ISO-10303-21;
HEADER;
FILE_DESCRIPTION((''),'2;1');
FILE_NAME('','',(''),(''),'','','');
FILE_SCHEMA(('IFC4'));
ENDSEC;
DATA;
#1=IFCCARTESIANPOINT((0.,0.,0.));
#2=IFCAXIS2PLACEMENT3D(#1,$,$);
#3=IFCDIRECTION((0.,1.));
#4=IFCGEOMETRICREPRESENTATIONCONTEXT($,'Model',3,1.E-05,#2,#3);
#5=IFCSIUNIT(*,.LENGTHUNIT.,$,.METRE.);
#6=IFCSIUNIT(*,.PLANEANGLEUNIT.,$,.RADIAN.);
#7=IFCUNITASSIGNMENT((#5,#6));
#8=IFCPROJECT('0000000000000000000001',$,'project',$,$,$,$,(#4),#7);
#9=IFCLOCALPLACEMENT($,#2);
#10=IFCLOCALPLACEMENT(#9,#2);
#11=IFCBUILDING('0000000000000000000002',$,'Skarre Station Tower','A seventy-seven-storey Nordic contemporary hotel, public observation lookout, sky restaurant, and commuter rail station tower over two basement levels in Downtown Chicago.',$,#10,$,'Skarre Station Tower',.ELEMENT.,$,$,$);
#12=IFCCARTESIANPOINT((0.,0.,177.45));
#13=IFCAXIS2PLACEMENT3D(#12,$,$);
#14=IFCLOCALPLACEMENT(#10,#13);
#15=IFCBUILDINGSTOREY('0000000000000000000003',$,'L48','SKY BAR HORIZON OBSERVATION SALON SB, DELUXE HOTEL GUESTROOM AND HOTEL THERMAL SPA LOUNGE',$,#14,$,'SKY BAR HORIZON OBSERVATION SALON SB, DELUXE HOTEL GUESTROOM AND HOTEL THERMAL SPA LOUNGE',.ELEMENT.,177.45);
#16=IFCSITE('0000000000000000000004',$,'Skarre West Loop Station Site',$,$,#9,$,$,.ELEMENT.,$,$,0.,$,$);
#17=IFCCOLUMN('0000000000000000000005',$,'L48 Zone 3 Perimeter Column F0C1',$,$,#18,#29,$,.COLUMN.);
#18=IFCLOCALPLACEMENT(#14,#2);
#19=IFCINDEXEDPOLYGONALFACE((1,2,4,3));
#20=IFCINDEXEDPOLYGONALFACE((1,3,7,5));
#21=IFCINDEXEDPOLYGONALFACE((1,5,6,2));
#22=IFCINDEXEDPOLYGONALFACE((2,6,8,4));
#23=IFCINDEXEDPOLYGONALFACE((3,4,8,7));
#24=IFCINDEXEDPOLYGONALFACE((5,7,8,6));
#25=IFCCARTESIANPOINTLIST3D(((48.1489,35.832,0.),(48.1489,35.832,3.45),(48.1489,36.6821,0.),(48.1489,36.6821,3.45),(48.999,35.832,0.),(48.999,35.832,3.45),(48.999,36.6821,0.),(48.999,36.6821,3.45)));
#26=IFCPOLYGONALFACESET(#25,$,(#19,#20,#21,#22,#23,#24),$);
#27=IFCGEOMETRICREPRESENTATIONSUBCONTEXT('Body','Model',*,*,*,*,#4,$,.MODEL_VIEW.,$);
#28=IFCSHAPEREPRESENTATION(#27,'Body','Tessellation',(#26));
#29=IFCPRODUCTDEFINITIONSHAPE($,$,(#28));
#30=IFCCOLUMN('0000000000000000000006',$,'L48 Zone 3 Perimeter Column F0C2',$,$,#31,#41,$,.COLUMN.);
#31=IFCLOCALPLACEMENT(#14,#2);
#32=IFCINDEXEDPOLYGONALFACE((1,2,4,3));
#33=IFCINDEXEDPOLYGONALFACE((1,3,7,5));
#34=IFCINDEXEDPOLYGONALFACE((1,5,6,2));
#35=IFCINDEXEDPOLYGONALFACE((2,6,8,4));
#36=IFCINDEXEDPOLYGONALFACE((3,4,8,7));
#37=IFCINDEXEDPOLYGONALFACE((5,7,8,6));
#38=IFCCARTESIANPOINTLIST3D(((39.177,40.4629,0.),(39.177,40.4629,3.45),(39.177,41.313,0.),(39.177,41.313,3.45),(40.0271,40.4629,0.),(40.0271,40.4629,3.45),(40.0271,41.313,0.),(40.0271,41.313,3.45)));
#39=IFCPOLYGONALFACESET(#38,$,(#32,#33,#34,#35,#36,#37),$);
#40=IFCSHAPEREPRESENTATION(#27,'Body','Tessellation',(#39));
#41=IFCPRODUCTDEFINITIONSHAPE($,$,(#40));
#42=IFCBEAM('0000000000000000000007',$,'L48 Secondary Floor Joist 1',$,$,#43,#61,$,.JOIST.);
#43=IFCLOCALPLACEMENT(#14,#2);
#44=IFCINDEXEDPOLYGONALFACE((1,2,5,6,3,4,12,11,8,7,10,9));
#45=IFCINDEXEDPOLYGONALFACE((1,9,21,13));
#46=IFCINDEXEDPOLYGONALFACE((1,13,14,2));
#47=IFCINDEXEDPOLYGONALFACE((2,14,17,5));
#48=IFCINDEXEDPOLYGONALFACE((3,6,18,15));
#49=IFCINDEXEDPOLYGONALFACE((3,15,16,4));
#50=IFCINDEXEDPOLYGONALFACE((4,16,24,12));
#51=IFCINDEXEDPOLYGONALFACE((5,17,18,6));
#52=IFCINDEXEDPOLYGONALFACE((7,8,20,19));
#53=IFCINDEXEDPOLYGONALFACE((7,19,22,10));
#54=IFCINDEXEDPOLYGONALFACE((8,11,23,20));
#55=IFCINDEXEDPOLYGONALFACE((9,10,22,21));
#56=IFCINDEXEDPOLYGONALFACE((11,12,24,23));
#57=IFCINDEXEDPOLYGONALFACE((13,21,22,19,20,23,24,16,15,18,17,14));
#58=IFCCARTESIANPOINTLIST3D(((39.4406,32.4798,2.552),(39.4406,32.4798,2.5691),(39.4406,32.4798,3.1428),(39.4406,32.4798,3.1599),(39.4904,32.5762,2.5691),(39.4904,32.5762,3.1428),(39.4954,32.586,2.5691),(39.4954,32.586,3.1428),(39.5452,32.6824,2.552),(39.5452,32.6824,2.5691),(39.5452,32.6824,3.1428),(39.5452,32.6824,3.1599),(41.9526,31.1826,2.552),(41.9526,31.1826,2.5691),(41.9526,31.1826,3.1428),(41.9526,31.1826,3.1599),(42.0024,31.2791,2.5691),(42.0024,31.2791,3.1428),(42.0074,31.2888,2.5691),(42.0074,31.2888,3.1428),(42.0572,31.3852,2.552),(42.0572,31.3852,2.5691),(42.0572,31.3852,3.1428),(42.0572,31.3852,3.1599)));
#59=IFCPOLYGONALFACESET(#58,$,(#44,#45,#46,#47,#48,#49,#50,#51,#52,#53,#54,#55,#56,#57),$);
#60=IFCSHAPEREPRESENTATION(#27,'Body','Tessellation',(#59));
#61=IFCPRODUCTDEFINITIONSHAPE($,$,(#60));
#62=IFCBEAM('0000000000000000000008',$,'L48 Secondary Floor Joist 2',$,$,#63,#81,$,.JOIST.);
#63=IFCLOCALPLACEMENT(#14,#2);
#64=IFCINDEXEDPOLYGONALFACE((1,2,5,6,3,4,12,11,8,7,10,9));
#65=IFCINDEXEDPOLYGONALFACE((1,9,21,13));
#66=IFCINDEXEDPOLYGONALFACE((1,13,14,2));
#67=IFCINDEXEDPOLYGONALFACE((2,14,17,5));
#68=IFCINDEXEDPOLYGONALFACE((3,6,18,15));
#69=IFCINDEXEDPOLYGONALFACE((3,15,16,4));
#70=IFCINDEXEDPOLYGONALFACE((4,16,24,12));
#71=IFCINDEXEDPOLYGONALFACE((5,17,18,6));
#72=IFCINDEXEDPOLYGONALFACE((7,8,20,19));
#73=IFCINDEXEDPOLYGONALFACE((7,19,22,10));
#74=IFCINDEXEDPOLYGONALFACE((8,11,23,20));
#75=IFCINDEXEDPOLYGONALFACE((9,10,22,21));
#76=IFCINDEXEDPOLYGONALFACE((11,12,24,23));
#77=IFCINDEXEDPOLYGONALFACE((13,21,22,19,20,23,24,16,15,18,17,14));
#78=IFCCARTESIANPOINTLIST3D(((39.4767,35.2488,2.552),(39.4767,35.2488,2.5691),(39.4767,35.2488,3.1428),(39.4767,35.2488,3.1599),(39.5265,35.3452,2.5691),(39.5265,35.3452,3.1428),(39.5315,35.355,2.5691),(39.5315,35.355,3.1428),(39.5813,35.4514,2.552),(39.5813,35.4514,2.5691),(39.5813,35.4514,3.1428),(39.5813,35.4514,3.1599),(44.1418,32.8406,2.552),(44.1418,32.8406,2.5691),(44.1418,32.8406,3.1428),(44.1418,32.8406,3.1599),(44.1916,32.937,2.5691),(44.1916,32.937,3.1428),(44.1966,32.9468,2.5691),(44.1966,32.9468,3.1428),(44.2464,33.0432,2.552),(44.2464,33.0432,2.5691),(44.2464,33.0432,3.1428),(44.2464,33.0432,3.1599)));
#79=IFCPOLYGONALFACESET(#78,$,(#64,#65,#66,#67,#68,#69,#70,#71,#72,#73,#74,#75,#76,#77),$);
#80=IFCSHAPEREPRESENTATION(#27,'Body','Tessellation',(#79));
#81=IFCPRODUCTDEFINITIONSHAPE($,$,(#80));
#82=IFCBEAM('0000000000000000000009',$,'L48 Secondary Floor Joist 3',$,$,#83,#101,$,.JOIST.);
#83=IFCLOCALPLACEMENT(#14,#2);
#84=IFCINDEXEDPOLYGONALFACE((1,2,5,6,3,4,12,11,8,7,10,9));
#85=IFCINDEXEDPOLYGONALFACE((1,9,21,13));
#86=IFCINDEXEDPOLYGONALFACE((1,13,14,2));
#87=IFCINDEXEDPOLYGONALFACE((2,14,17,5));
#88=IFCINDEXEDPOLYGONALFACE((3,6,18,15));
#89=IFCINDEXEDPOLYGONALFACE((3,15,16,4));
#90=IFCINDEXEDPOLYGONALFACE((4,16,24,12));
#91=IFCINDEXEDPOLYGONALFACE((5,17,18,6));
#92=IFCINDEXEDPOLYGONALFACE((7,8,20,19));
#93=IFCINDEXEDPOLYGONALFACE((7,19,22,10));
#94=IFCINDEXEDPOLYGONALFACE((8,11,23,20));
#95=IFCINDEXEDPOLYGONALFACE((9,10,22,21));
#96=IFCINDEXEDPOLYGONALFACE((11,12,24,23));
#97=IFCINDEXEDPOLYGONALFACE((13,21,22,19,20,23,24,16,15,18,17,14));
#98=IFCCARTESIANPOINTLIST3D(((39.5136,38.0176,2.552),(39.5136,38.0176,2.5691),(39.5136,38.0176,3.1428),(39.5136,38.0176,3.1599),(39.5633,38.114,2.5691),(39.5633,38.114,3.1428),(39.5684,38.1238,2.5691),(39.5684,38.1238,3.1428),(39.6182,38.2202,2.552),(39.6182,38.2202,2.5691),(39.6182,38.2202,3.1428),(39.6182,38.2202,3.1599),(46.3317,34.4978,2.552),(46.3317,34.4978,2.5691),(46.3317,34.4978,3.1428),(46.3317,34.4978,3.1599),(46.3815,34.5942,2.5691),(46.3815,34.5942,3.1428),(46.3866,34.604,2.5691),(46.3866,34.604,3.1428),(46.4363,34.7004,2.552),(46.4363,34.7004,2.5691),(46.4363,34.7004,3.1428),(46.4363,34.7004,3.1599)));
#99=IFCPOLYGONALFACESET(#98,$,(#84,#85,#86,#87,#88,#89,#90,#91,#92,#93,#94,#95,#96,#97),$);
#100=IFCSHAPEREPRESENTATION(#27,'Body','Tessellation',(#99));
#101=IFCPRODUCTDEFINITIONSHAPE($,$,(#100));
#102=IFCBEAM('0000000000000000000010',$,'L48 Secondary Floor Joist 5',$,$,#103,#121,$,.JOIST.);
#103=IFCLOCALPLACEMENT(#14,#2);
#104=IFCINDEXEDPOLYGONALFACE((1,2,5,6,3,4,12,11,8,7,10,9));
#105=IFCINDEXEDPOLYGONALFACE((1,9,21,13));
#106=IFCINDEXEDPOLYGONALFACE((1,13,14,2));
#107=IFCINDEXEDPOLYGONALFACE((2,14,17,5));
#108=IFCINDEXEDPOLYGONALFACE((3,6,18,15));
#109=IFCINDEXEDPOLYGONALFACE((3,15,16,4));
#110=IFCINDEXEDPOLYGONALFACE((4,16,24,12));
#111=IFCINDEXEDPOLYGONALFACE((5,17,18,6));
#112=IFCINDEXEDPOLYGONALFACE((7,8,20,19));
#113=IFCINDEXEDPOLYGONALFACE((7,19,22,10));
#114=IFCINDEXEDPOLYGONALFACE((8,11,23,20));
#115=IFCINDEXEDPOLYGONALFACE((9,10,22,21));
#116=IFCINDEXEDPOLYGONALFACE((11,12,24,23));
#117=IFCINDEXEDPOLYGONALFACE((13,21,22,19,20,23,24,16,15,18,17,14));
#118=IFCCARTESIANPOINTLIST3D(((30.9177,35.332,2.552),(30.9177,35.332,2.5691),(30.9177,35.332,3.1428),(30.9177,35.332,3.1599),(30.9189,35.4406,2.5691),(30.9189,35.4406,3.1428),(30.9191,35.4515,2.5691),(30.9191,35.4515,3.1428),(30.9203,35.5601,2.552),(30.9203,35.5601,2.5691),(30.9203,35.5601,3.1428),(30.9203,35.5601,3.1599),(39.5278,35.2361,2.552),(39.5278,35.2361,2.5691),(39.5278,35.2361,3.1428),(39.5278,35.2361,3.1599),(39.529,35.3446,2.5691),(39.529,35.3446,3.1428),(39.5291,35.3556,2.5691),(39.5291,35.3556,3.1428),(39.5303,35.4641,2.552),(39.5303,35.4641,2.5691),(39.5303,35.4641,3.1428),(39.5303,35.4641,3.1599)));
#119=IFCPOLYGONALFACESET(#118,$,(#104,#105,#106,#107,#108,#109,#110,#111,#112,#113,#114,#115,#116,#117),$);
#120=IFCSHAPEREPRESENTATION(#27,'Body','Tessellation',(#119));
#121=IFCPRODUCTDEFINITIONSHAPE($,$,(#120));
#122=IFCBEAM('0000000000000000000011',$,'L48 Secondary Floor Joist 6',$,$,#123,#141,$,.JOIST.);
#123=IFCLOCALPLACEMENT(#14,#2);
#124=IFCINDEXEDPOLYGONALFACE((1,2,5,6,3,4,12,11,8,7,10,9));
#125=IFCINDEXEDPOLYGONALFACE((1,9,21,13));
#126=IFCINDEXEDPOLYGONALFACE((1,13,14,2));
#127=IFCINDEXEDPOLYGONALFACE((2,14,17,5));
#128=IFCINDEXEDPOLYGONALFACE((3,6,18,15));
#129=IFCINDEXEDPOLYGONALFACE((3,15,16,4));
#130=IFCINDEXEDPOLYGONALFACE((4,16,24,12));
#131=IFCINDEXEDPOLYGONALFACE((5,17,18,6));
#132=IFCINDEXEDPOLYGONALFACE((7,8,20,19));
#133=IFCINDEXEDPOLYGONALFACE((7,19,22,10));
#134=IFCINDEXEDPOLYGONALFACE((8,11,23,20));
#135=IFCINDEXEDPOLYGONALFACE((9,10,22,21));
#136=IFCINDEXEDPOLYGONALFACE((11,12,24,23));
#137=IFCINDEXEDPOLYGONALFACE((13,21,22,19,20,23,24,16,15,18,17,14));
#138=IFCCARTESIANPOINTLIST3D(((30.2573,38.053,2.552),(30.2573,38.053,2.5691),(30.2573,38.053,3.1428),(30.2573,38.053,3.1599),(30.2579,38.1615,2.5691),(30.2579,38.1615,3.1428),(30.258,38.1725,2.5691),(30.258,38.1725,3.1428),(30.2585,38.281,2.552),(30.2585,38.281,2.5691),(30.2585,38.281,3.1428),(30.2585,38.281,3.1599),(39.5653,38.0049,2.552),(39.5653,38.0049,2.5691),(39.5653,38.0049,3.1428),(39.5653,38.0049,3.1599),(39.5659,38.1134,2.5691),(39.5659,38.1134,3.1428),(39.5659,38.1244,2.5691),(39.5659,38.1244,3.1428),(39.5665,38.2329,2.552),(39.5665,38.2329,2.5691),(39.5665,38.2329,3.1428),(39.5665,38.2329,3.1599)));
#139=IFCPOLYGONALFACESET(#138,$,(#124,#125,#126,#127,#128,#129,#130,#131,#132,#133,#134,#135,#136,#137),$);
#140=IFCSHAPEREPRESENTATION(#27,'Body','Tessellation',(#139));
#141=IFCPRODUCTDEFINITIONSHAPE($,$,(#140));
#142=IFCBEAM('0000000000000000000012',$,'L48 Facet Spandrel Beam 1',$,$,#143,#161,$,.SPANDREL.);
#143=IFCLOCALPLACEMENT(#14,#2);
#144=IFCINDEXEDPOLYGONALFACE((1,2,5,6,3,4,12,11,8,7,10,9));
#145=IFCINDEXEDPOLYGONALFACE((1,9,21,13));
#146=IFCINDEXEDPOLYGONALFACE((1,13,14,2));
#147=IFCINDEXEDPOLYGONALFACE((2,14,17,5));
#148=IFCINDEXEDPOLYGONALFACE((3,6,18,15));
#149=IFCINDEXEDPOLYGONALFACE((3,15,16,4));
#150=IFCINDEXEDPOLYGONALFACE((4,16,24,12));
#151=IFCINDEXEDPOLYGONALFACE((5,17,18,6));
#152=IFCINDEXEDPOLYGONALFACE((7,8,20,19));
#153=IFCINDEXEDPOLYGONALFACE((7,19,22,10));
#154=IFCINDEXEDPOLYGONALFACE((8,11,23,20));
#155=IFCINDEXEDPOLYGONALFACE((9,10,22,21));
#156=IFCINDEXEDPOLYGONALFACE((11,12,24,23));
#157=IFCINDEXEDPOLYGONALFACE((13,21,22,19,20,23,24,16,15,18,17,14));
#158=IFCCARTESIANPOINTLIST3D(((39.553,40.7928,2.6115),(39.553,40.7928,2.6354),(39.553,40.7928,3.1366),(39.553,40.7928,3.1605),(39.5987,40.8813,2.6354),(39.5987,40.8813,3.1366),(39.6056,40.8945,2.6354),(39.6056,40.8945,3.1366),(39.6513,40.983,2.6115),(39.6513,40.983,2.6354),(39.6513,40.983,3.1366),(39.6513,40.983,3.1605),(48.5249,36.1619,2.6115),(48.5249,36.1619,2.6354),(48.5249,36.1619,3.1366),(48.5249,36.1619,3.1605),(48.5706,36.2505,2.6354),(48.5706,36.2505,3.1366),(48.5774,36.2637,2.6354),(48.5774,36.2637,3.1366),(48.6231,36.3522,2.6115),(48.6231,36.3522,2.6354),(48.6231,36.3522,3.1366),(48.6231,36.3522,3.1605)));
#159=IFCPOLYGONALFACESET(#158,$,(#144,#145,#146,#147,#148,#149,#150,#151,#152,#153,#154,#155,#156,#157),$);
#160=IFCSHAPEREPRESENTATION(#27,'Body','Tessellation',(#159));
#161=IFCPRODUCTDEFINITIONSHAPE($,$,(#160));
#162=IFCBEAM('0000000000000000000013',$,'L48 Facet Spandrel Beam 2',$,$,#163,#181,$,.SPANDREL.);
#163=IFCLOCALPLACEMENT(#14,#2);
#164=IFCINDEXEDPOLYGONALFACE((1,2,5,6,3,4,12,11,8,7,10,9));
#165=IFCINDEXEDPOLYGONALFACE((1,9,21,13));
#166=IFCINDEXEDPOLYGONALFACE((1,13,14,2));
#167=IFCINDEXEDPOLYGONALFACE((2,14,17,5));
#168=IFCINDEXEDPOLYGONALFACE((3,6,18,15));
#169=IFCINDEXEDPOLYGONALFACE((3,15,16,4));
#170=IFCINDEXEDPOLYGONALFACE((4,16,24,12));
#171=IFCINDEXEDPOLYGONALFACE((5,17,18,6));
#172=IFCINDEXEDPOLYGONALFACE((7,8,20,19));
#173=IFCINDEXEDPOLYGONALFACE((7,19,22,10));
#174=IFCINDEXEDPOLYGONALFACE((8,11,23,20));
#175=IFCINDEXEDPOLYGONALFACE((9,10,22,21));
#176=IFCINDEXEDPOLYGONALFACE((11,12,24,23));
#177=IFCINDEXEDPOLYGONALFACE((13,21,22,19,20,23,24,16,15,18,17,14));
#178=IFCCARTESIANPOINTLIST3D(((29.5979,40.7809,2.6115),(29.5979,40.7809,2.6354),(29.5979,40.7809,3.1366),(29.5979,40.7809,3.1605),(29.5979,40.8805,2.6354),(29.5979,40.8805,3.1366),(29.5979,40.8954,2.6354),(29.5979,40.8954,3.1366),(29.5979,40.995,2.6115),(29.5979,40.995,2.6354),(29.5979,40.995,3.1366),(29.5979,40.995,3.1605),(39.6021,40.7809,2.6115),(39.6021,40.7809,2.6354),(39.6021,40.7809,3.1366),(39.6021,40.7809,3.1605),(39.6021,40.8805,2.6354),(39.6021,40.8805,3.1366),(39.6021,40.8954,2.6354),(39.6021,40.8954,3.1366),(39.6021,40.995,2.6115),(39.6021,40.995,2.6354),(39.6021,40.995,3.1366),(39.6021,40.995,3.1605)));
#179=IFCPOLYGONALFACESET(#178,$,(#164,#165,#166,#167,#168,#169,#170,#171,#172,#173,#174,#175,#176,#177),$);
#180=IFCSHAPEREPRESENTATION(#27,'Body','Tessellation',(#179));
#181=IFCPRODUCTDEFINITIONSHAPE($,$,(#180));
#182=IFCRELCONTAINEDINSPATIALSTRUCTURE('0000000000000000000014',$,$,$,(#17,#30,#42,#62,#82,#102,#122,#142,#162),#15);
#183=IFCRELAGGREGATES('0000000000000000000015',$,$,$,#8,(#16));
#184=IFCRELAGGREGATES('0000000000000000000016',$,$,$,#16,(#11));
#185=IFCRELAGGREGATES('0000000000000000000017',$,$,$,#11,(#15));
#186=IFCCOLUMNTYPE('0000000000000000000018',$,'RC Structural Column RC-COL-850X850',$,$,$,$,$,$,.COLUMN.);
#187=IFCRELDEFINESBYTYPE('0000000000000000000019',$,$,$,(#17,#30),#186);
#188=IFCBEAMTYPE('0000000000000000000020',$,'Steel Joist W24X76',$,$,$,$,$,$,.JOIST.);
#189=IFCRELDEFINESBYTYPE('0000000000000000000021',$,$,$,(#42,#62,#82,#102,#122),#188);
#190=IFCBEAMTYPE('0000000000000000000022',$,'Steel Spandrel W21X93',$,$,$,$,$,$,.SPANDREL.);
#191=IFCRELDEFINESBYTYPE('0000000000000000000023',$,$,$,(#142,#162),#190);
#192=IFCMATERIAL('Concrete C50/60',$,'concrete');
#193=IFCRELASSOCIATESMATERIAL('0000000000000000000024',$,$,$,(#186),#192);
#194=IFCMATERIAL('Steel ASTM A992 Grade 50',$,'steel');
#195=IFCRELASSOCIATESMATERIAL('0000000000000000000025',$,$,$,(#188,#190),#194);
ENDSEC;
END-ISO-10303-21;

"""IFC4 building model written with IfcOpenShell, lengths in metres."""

from ifc_helpers import new_model, si_unit, direction, frame, origin, origin_2d, place, context, subcontext, project, spatial, rectangle, i_section, extrude, material, material_profile, profile_set, type_object, element, save


model = new_model("IFC4")

# Units and contexts
model_context = context("Model", 3, precision=1e-05, world=origin(), true_north=direction((0.0, 1.0)))
body_context = subcontext(model_context, "Body", "Model", "MODEL_VIEW")
ifc_project = project(units=[si_unit("LENGTHUNIT", "METRE"), si_unit("PLANEANGLEUNIT", "RADIAN")], contexts=[model_context])

# Site, building, storey
site_placement = place(None, origin())
site = spatial("IfcSite", under=ifc_project, at=site_placement, Name="Skarre West Loop Station Site", CompositionType="ELEMENT", RefElevation=0.0)
building_placement = place(site_placement, origin())
building = spatial("IfcBuilding", under=site, at=building_placement, Name="Skarre Station Tower", Description="A seventy-seven-storey Nordic contemporary hotel, public observation lookout, sky restaurant, and commuter rail station tower over two basement levels in Downtown Chicago.", LongName="Skarre Station Tower", CompositionType="ELEMENT")
storey_placement = place(building_placement, frame((0.0, 0.0, 177.45)))
storey = spatial("IfcBuildingStorey", under=building, at=storey_placement, Name="L48", Description="SKY BAR HORIZON OBSERVATION SALON SB, DELUXE HOTEL GUESTROOM AND HOTEL THERMAL SPA LOUNGE", LongName="SKY BAR HORIZON OBSERVATION SALON SB, DELUXE HOTEL GUESTROOM AND HOTEL THERMAL SPA LOUNGE", CompositionType="ELEMENT", Elevation=177.45)

# Columns
ifc_material_1 = material(Name="Concrete C50/60", Category="concrete")
ifc_material_profile_1 = material_profile(ifc_material_1, rectangle(XDim=0.8501, YDim=0.8501, at=origin_2d()), Name="Concrete C50/60")
ifc_profile_set_1 = profile_set([ifc_material_profile_1], Name="Concrete C50/60")
column_type = type_object("IfcColumnType", Name="RC Structural Column RC-COL-850X850", PredefinedType="COLUMN", material=ifc_profile_set_1)
for number, where, z_axis, x_axis, name in (
    (1, (48.574, 36.2571, 0.0), (0.0, 0.0, 1.0), (1.0, 0.0, 0.0), "L48 Zone 3 Perimeter Column F0C1"),
    (2, (39.6021, 40.8879, 0.0), (0.0, 0.0, 1.0), (1.0, 0.0, 0.0), "L48 Zone 3 Perimeter Column F0C2"),
):
    element("IfcColumn", number, at=place(storey_placement, frame(where, z_axis=z_axis, x_axis=x_axis)), inside=storey, type_object=column_type, Name=name, PredefinedType="COLUMN", context=body_context, shape_type="SweptSolid", body=[
        extrude(rectangle(XDim=0.8501, YDim=0.8501, at=origin_2d()), origin(), (0.0, 0.0, 1.0), 3.45),
    ])

# Beams
ifc_material_2 = material(Name="Steel ASTM A992 Grade 50", Category="steel")
ifc_material_profile_2 = material_profile(ifc_material_2, i_section(OverallWidth=0.228, OverallDepth=0.6079, WebThickness=0.011, FlangeThickness=0.0171, at=origin_2d()), Name="Steel ASTM A992 Grade 50")
ifc_profile_set_2 = profile_set([ifc_material_profile_2], Name="Steel ASTM A992 Grade 50")
beam_type_1 = type_object("IfcBeamType", Name="Steel Joist W24X76", PredefinedType="JOIST", material=ifc_profile_set_2)
beam_1_placement = place(storey_placement, frame((42.0049, 31.2839, 2.856), z_axis=(-0.888531, 0.458817, 0.0), x_axis=(-0.458817, -0.888531, 0.0)))
element("IfcBeam", 3, at=beam_1_placement, inside=storey, type_object=beam_type_1, Name="L48 Secondary Floor Joist 1", PredefinedType="JOIST", context=body_context, shape_type="SweptSolid", body=[
    extrude(i_section(OverallWidth=0.228, OverallDepth=0.6079, WebThickness=0.011, FlangeThickness=0.0171, at=origin_2d()), origin(), (0.0, 0.0, 1.0), 2.8271),
])
beam_2_placement = place(storey_placement, frame((44.1941, 32.9419, 2.856), z_axis=(-0.888586, 0.458709, 0.0), x_axis=(-0.458709, -0.888586, 0.0)))
element("IfcBeam", 4, at=beam_2_placement, inside=storey, type_object=beam_type_1, Name="L48 Secondary Floor Joist 2", PredefinedType="JOIST", context=body_context, shape_type="SweptSolid", body=[
    extrude(i_section(OverallWidth=0.228, OverallDepth=0.6079, WebThickness=0.011, FlangeThickness=0.0171, at=origin_2d()), origin(), (0.0, 0.0, 1.0), 5.25),
])
beam_3_placement = place(storey_placement, frame((46.384, 34.5991, 2.856), z_axis=(-0.888581, 0.45872, 0.0), x_axis=(-0.45872, -0.888581, 0.0)))
element("IfcBeam", 5, at=beam_3_placement, inside=storey, type_object=beam_type_1, Name="L48 Secondary Floor Joist 3", PredefinedType="JOIST", context=body_context, shape_type="SweptSolid", body=[
    extrude(i_section(OverallWidth=0.228, OverallDepth=0.6079, WebThickness=0.011, FlangeThickness=0.0171, at=origin_2d()), origin(), (0.0, 0.0, 1.0), 7.6731),
])
beam_4_placement = place(storey_placement, frame((39.5291, 35.3501, 2.856), z_axis=(-0.999938, 0.011143, 0.0), x_axis=(-0.011143, -0.999938, 0.0)))
element("IfcBeam", 6, at=beam_4_placement, inside=storey, type_object=beam_type_1, Name="L48 Secondary Floor Joist 5", PredefinedType="JOIST", context=body_context, shape_type="SweptSolid", body=[
    extrude(i_section(OverallWidth=0.228, OverallDepth=0.6079, WebThickness=0.011, FlangeThickness=0.0171, at=origin_2d()), origin(), (0.0, 0.0, 1.0), 8.6106),
])
beam_5_placement = place(storey_placement, frame((39.5659, 38.1189, 2.856), z_axis=(-0.999987, 0.005167, 0.0), x_axis=(-0.005167, -0.999987, 0.0)))
element("IfcBeam", 7, at=beam_5_placement, inside=storey, type_object=beam_type_1, Name="L48 Secondary Floor Joist 6", PredefinedType="JOIST", context=body_context, shape_type="SweptSolid", body=[
    extrude(i_section(OverallWidth=0.228, OverallDepth=0.6079, WebThickness=0.011, FlangeThickness=0.0171, at=origin_2d()), origin(), (0.0, 0.0, 1.0), 9.3081),
])
ifc_material_profile_3 = material_profile(ifc_material_2, i_section(OverallWidth=0.2141, OverallDepth=0.5491, WebThickness=0.0149, FlangeThickness=0.0239, at=origin_2d()), Name="Steel ASTM A992 Grade 50")
ifc_profile_set_3 = profile_set([ifc_material_profile_3], Name="Steel ASTM A992 Grade 50")
beam_type_2 = type_object("IfcBeamType", Name="Steel Spandrel W21X93", PredefinedType="SPANDREL", material=ifc_profile_set_3)
beam_6_placement = place(storey_placement, frame((48.574, 36.2571, 2.886), z_axis=(-0.888613, 0.458658, 0.0), x_axis=(-0.458658, -0.888613, 0.0)))
element("IfcBeam", 8, at=beam_6_placement, inside=storey, type_object=beam_type_2, Name="L48 Facet Spandrel Beam 1", PredefinedType="SPANDREL", context=body_context, shape_type="SweptSolid", body=[
    extrude(i_section(OverallWidth=0.2141, OverallDepth=0.5491, WebThickness=0.0149, FlangeThickness=0.0239, at=origin_2d()), origin(), (0.0, 0.0, 1.0), 10.0964),
])
beam_7_placement = place(storey_placement, frame((39.6021, 40.8879, 2.886), z_axis=(-1.0, 0.0, 0.0), x_axis=(0.0, -1.0, 0.0)))
element("IfcBeam", 9, at=beam_7_placement, inside=storey, type_object=beam_type_2, Name="L48 Facet Spandrel Beam 2", PredefinedType="SPANDREL", context=body_context, shape_type="SweptSolid", body=[
    extrude(i_section(OverallWidth=0.2141, OverallDepth=0.5491, WebThickness=0.0149, FlangeThickness=0.0239, at=origin_2d()), origin(), (0.0, 0.0, 1.0), 10.0042),
])

save(model, "model.ifc")
